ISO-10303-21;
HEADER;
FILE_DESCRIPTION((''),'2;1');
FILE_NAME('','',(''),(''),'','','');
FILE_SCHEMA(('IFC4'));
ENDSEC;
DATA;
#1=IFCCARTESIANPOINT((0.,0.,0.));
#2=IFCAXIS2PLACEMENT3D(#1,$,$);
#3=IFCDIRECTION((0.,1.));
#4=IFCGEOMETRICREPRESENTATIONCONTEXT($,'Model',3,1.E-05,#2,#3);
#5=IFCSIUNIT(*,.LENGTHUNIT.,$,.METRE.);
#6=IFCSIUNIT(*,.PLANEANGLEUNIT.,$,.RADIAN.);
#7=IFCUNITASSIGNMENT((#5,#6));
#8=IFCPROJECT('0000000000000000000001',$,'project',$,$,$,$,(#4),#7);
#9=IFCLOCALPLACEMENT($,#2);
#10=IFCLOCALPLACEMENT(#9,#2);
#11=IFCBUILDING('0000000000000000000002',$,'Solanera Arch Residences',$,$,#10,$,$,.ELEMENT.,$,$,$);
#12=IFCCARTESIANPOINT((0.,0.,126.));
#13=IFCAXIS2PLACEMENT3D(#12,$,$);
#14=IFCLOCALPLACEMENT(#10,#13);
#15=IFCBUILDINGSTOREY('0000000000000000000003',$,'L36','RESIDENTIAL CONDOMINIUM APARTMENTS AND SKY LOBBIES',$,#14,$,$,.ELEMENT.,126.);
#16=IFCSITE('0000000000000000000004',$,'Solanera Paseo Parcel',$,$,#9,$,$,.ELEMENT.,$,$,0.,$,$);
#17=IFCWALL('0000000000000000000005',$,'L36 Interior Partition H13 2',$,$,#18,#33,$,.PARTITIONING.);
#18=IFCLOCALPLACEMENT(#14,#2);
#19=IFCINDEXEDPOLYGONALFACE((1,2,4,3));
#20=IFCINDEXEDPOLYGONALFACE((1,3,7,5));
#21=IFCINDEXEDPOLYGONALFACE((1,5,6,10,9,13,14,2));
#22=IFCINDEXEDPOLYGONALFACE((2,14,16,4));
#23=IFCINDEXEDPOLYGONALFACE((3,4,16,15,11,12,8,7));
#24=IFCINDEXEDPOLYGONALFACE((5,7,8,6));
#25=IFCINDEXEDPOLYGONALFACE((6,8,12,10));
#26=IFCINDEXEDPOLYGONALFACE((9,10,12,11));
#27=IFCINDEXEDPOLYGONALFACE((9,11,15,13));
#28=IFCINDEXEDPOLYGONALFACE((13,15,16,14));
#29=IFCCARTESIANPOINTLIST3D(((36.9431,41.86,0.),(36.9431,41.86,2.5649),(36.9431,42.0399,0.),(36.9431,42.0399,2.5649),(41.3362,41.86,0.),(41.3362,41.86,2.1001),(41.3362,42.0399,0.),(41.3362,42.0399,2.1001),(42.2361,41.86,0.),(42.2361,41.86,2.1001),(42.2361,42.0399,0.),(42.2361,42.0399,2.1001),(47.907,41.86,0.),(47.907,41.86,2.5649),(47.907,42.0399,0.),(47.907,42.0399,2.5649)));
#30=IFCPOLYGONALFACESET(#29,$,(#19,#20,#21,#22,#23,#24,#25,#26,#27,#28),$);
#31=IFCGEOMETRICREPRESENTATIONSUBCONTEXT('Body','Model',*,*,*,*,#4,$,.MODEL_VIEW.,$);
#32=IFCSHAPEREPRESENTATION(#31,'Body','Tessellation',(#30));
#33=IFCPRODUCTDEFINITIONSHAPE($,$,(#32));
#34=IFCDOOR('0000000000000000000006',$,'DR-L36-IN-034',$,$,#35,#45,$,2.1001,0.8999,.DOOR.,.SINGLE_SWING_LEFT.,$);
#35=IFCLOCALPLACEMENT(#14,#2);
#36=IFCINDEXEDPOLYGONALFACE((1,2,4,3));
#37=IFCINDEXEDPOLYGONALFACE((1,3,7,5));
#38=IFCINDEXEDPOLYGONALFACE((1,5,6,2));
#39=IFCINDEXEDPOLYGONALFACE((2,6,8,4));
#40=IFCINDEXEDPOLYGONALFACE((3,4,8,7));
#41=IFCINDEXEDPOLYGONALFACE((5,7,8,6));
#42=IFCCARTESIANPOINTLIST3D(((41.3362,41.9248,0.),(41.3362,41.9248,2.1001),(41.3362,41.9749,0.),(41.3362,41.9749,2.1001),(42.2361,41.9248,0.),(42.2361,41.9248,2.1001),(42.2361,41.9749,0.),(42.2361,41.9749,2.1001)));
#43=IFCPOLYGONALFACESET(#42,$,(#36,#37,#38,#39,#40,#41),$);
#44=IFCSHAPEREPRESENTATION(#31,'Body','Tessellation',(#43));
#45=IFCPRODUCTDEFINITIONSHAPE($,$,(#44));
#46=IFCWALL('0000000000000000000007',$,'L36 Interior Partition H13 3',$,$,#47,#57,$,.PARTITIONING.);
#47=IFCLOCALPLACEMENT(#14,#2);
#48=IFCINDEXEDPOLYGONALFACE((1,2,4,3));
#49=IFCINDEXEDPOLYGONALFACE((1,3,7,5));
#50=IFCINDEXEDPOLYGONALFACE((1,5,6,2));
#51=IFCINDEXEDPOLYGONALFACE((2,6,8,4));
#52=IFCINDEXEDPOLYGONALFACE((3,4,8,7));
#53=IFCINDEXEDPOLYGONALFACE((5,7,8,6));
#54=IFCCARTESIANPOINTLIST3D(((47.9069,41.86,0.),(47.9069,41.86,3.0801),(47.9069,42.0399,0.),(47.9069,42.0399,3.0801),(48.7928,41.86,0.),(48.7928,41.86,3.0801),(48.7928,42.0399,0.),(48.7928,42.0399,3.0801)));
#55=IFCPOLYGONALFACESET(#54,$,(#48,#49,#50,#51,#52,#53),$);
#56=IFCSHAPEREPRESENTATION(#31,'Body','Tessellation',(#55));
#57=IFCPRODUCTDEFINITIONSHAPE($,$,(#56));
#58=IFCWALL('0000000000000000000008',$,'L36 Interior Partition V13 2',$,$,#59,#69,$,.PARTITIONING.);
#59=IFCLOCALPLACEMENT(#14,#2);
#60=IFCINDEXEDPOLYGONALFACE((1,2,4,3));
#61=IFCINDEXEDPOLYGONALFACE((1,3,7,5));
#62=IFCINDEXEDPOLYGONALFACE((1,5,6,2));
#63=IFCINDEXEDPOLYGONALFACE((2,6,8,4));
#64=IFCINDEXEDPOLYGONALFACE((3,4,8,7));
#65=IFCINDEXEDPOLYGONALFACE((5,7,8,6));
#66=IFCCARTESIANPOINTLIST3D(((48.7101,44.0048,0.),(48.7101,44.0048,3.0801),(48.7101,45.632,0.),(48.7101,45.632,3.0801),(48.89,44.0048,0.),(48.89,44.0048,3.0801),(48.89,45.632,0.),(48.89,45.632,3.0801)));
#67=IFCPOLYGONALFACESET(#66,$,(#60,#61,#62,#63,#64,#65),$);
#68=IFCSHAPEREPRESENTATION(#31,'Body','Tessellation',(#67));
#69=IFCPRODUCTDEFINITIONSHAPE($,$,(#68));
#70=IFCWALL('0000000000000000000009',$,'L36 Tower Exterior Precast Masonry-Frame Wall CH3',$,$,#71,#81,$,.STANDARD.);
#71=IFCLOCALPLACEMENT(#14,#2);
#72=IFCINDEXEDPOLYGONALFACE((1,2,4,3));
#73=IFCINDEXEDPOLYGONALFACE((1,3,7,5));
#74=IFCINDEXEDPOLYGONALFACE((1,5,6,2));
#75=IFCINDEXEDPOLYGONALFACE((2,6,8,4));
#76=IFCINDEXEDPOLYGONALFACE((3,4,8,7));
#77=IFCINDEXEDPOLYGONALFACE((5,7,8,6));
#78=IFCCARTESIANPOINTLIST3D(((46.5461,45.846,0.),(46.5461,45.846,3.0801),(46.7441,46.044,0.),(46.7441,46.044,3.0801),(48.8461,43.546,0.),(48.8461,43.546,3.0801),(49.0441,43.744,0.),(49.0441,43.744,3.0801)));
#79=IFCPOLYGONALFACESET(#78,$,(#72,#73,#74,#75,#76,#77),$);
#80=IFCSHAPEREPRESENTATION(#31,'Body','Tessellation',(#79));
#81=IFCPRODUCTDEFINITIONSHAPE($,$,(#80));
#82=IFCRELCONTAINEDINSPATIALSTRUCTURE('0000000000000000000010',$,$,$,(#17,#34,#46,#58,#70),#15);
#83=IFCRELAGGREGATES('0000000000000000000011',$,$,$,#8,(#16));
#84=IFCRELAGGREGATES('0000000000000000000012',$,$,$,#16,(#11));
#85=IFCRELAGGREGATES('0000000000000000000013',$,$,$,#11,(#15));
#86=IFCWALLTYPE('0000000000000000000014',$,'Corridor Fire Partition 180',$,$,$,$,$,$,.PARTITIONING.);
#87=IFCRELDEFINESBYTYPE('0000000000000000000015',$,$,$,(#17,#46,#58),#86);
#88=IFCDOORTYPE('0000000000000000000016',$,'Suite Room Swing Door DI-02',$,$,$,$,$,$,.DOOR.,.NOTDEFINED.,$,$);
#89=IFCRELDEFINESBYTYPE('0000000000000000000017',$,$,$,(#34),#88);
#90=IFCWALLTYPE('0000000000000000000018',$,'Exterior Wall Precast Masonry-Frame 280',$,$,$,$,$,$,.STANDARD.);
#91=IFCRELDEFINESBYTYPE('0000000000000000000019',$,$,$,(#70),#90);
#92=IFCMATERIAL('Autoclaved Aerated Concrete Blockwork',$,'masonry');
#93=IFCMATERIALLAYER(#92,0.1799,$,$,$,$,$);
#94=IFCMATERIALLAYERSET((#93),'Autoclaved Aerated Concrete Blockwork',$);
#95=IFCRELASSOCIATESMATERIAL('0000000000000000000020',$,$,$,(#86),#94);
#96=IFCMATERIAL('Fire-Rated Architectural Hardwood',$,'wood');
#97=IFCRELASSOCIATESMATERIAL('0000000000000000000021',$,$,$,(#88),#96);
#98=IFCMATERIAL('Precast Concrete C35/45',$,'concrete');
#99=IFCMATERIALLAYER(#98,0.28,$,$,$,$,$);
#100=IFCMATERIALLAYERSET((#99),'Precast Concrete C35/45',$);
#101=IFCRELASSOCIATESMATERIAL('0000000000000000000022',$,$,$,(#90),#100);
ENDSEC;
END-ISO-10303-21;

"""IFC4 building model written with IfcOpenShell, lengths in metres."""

from ifc_helpers import new_model, si_unit, direction, frame, frame_2d, origin, place, context, subcontext, project, spatial, rectangle, extrude, material, layer, layer_set, type_object, element, fill, save


model = new_model("IFC4")

# Units and contexts
model_context = context("Model", 3, precision=1e-05, world=origin(), true_north=direction((0.0, 1.0)))
body_context = subcontext(model_context, "Body", "Model", "MODEL_VIEW")
ifc_project = project(units=[si_unit("LENGTHUNIT", "METRE"), si_unit("PLANEANGLEUNIT", "RADIAN")], contexts=[model_context])

# Site, building, storey
site_placement = place(None, origin())
site = spatial("IfcSite", under=ifc_project, at=site_placement, Name="Solanera Paseo Parcel", CompositionType="ELEMENT", RefElevation=0.0)
building_placement = place(site_placement, origin())
building = spatial("IfcBuilding", under=site, at=building_placement, Name="Solanera Arch Residences", CompositionType="ELEMENT")
storey_placement = place(building_placement, frame((0.0, 0.0, 126.0)))
storey = spatial("IfcBuildingStorey", under=building, at=storey_placement, Name="L36", Description="RESIDENTIAL CONDOMINIUM APARTMENTS AND SKY LOBBIES", CompositionType="ELEMENT", Elevation=126.0)

# Shared definitions
ifc_material_1 = material(Name="Autoclaved Aerated Concrete Blockwork", Category="masonry")
ifc_layer_1 = layer(ifc_material_1, 0.1799)
ifc_layer_set_1 = layer_set([ifc_layer_1], Name="Autoclaved Aerated Concrete Blockwork")
wall_type_1 = type_object("IfcWallType", Name="Corridor Fire Partition 180", PredefinedType="PARTITIONING", material=ifc_layer_set_1)

# Wall, opening, door
wall_1_placement = place(storey_placement, frame((36.9431, 41.95, 0.0), z_axis=(0.0, 0.0, 1.0), x_axis=(1.0, 0.0, 0.0)))
wall_1 = element("IfcWall", 1, at=wall_1_placement, inside=storey, type_object=wall_type_1, Name="L36 Interior Partition H13 2", PredefinedType="PARTITIONING", context=body_context, shape_type="SweptSolid", body=[
    extrude(rectangle(XDim=10.9639, YDim=0.1799, at=frame_2d((5.4819, 0.0))), origin(), (0.0, 0.0, 1.0), 2.5649),
])
opening_1_placement = place(wall_1_placement, frame((4.3931, 0.0, 0.0)))
opening_1 = element("IfcOpeningElement", 2, at=opening_1_placement, cuts=wall_1, PredefinedType="OPENING", context=body_context, shape_type="SweptSolid", body=[
    extrude(rectangle(XDim=0.8999, YDim=2.1001, at=frame_2d((0.45, 1.05))), frame((0.0, 0.1001, 0.0), z_axis=(0.0, -1.0, 0.0), x_axis=(1.0, 0.0, 0.0)), (0.0, 0.0, 1.0), 0.1999),
])
ifc_material_2 = material(Name="Fire-Rated Architectural Hardwood", Category="wood")
door_type_1 = type_object("IfcDoorType", Name="Suite Room Swing Door DI-02", OperationType="NOTDEFINED", PredefinedType="DOOR", material=ifc_material_2)
door_1_placement = place(opening_1_placement, origin())
door_1 = element("IfcDoor", 3, at=door_1_placement, inside=storey, type_object=door_type_1, Name="DR-L36-IN-034", OperationType="SINGLE_SWING_LEFT", OverallHeight=2.1001, OverallWidth=0.8999, PredefinedType="DOOR", context=body_context, shape_type="SweptSolid", body=[
    extrude(rectangle(XDim=0.8999, YDim=2.1001, at=frame_2d((0.45, 1.05))), frame((0.0, 0.0249, 0.0), z_axis=(0.0, -1.0, 0.0), x_axis=(1.0, 0.0, 0.0)), (0.0, 0.0, 1.0), 0.05),
])
fill(opening_1, door_1)

# Walls
wall_2_placement = place(storey_placement, frame((47.907, 41.95, 0.0), z_axis=(0.0, 0.0, 1.0), x_axis=(1.0, 0.0, 0.0)))
element("IfcWall", 4, at=wall_2_placement, inside=storey, type_object=wall_type_1, Name="L36 Interior Partition H13 3", PredefinedType="PARTITIONING", context=body_context, shape_type="SweptSolid", body=[
    extrude(rectangle(XDim=0.886, YDim=0.1799, at=frame_2d((0.4429, 0.0))), origin(), (0.0, 0.0, 1.0), 3.0801),
])
wall_3_placement = place(storey_placement, frame((48.8, 44.0049, 0.0), z_axis=(0.0, 0.0, 1.0), x_axis=(0.0, 1.0, 0.0)))
element("IfcWall", 5, at=wall_3_placement, inside=storey, type_object=wall_type_1, Name="L36 Interior Partition V13 2", PredefinedType="PARTITIONING", context=body_context, shape_type="SweptSolid", body=[
    extrude(rectangle(XDim=1.6272, YDim=0.1799, at=frame_2d((0.8135, 0.0))), origin(), (0.0, 0.0, 1.0), 3.0801),
])
ifc_material_3 = material(Name="Precast Concrete C35/45", Category="concrete")
ifc_layer_2 = layer(ifc_material_3, 0.28)
ifc_layer_set_2 = layer_set([ifc_layer_2], Name="Precast Concrete C35/45")
wall_type_2 = type_object("IfcWallType", Name="Exterior Wall Precast Masonry-Frame 280", PredefinedType="STANDARD", material=ifc_layer_set_2)
wall_4_placement = place(storey_placement, frame((46.645, 45.9451, 0.0), z_axis=(0.0, 0.0, 1.0), x_axis=(0.707107, -0.707107, 0.0)))
element("IfcWall", 6, at=wall_4_placement, inside=storey, type_object=wall_type_2, Name="L36 Tower Exterior Precast Masonry-Frame Wall CH3", PredefinedType="STANDARD", context=body_context, shape_type="SweptSolid", body=[
    extrude(rectangle(XDim=3.2527, YDim=0.28, at=frame_2d((1.6265, 0.0))), origin(), (0.0, 0.0, 1.0), 3.0801),
])

save(model, "model.ifc")
